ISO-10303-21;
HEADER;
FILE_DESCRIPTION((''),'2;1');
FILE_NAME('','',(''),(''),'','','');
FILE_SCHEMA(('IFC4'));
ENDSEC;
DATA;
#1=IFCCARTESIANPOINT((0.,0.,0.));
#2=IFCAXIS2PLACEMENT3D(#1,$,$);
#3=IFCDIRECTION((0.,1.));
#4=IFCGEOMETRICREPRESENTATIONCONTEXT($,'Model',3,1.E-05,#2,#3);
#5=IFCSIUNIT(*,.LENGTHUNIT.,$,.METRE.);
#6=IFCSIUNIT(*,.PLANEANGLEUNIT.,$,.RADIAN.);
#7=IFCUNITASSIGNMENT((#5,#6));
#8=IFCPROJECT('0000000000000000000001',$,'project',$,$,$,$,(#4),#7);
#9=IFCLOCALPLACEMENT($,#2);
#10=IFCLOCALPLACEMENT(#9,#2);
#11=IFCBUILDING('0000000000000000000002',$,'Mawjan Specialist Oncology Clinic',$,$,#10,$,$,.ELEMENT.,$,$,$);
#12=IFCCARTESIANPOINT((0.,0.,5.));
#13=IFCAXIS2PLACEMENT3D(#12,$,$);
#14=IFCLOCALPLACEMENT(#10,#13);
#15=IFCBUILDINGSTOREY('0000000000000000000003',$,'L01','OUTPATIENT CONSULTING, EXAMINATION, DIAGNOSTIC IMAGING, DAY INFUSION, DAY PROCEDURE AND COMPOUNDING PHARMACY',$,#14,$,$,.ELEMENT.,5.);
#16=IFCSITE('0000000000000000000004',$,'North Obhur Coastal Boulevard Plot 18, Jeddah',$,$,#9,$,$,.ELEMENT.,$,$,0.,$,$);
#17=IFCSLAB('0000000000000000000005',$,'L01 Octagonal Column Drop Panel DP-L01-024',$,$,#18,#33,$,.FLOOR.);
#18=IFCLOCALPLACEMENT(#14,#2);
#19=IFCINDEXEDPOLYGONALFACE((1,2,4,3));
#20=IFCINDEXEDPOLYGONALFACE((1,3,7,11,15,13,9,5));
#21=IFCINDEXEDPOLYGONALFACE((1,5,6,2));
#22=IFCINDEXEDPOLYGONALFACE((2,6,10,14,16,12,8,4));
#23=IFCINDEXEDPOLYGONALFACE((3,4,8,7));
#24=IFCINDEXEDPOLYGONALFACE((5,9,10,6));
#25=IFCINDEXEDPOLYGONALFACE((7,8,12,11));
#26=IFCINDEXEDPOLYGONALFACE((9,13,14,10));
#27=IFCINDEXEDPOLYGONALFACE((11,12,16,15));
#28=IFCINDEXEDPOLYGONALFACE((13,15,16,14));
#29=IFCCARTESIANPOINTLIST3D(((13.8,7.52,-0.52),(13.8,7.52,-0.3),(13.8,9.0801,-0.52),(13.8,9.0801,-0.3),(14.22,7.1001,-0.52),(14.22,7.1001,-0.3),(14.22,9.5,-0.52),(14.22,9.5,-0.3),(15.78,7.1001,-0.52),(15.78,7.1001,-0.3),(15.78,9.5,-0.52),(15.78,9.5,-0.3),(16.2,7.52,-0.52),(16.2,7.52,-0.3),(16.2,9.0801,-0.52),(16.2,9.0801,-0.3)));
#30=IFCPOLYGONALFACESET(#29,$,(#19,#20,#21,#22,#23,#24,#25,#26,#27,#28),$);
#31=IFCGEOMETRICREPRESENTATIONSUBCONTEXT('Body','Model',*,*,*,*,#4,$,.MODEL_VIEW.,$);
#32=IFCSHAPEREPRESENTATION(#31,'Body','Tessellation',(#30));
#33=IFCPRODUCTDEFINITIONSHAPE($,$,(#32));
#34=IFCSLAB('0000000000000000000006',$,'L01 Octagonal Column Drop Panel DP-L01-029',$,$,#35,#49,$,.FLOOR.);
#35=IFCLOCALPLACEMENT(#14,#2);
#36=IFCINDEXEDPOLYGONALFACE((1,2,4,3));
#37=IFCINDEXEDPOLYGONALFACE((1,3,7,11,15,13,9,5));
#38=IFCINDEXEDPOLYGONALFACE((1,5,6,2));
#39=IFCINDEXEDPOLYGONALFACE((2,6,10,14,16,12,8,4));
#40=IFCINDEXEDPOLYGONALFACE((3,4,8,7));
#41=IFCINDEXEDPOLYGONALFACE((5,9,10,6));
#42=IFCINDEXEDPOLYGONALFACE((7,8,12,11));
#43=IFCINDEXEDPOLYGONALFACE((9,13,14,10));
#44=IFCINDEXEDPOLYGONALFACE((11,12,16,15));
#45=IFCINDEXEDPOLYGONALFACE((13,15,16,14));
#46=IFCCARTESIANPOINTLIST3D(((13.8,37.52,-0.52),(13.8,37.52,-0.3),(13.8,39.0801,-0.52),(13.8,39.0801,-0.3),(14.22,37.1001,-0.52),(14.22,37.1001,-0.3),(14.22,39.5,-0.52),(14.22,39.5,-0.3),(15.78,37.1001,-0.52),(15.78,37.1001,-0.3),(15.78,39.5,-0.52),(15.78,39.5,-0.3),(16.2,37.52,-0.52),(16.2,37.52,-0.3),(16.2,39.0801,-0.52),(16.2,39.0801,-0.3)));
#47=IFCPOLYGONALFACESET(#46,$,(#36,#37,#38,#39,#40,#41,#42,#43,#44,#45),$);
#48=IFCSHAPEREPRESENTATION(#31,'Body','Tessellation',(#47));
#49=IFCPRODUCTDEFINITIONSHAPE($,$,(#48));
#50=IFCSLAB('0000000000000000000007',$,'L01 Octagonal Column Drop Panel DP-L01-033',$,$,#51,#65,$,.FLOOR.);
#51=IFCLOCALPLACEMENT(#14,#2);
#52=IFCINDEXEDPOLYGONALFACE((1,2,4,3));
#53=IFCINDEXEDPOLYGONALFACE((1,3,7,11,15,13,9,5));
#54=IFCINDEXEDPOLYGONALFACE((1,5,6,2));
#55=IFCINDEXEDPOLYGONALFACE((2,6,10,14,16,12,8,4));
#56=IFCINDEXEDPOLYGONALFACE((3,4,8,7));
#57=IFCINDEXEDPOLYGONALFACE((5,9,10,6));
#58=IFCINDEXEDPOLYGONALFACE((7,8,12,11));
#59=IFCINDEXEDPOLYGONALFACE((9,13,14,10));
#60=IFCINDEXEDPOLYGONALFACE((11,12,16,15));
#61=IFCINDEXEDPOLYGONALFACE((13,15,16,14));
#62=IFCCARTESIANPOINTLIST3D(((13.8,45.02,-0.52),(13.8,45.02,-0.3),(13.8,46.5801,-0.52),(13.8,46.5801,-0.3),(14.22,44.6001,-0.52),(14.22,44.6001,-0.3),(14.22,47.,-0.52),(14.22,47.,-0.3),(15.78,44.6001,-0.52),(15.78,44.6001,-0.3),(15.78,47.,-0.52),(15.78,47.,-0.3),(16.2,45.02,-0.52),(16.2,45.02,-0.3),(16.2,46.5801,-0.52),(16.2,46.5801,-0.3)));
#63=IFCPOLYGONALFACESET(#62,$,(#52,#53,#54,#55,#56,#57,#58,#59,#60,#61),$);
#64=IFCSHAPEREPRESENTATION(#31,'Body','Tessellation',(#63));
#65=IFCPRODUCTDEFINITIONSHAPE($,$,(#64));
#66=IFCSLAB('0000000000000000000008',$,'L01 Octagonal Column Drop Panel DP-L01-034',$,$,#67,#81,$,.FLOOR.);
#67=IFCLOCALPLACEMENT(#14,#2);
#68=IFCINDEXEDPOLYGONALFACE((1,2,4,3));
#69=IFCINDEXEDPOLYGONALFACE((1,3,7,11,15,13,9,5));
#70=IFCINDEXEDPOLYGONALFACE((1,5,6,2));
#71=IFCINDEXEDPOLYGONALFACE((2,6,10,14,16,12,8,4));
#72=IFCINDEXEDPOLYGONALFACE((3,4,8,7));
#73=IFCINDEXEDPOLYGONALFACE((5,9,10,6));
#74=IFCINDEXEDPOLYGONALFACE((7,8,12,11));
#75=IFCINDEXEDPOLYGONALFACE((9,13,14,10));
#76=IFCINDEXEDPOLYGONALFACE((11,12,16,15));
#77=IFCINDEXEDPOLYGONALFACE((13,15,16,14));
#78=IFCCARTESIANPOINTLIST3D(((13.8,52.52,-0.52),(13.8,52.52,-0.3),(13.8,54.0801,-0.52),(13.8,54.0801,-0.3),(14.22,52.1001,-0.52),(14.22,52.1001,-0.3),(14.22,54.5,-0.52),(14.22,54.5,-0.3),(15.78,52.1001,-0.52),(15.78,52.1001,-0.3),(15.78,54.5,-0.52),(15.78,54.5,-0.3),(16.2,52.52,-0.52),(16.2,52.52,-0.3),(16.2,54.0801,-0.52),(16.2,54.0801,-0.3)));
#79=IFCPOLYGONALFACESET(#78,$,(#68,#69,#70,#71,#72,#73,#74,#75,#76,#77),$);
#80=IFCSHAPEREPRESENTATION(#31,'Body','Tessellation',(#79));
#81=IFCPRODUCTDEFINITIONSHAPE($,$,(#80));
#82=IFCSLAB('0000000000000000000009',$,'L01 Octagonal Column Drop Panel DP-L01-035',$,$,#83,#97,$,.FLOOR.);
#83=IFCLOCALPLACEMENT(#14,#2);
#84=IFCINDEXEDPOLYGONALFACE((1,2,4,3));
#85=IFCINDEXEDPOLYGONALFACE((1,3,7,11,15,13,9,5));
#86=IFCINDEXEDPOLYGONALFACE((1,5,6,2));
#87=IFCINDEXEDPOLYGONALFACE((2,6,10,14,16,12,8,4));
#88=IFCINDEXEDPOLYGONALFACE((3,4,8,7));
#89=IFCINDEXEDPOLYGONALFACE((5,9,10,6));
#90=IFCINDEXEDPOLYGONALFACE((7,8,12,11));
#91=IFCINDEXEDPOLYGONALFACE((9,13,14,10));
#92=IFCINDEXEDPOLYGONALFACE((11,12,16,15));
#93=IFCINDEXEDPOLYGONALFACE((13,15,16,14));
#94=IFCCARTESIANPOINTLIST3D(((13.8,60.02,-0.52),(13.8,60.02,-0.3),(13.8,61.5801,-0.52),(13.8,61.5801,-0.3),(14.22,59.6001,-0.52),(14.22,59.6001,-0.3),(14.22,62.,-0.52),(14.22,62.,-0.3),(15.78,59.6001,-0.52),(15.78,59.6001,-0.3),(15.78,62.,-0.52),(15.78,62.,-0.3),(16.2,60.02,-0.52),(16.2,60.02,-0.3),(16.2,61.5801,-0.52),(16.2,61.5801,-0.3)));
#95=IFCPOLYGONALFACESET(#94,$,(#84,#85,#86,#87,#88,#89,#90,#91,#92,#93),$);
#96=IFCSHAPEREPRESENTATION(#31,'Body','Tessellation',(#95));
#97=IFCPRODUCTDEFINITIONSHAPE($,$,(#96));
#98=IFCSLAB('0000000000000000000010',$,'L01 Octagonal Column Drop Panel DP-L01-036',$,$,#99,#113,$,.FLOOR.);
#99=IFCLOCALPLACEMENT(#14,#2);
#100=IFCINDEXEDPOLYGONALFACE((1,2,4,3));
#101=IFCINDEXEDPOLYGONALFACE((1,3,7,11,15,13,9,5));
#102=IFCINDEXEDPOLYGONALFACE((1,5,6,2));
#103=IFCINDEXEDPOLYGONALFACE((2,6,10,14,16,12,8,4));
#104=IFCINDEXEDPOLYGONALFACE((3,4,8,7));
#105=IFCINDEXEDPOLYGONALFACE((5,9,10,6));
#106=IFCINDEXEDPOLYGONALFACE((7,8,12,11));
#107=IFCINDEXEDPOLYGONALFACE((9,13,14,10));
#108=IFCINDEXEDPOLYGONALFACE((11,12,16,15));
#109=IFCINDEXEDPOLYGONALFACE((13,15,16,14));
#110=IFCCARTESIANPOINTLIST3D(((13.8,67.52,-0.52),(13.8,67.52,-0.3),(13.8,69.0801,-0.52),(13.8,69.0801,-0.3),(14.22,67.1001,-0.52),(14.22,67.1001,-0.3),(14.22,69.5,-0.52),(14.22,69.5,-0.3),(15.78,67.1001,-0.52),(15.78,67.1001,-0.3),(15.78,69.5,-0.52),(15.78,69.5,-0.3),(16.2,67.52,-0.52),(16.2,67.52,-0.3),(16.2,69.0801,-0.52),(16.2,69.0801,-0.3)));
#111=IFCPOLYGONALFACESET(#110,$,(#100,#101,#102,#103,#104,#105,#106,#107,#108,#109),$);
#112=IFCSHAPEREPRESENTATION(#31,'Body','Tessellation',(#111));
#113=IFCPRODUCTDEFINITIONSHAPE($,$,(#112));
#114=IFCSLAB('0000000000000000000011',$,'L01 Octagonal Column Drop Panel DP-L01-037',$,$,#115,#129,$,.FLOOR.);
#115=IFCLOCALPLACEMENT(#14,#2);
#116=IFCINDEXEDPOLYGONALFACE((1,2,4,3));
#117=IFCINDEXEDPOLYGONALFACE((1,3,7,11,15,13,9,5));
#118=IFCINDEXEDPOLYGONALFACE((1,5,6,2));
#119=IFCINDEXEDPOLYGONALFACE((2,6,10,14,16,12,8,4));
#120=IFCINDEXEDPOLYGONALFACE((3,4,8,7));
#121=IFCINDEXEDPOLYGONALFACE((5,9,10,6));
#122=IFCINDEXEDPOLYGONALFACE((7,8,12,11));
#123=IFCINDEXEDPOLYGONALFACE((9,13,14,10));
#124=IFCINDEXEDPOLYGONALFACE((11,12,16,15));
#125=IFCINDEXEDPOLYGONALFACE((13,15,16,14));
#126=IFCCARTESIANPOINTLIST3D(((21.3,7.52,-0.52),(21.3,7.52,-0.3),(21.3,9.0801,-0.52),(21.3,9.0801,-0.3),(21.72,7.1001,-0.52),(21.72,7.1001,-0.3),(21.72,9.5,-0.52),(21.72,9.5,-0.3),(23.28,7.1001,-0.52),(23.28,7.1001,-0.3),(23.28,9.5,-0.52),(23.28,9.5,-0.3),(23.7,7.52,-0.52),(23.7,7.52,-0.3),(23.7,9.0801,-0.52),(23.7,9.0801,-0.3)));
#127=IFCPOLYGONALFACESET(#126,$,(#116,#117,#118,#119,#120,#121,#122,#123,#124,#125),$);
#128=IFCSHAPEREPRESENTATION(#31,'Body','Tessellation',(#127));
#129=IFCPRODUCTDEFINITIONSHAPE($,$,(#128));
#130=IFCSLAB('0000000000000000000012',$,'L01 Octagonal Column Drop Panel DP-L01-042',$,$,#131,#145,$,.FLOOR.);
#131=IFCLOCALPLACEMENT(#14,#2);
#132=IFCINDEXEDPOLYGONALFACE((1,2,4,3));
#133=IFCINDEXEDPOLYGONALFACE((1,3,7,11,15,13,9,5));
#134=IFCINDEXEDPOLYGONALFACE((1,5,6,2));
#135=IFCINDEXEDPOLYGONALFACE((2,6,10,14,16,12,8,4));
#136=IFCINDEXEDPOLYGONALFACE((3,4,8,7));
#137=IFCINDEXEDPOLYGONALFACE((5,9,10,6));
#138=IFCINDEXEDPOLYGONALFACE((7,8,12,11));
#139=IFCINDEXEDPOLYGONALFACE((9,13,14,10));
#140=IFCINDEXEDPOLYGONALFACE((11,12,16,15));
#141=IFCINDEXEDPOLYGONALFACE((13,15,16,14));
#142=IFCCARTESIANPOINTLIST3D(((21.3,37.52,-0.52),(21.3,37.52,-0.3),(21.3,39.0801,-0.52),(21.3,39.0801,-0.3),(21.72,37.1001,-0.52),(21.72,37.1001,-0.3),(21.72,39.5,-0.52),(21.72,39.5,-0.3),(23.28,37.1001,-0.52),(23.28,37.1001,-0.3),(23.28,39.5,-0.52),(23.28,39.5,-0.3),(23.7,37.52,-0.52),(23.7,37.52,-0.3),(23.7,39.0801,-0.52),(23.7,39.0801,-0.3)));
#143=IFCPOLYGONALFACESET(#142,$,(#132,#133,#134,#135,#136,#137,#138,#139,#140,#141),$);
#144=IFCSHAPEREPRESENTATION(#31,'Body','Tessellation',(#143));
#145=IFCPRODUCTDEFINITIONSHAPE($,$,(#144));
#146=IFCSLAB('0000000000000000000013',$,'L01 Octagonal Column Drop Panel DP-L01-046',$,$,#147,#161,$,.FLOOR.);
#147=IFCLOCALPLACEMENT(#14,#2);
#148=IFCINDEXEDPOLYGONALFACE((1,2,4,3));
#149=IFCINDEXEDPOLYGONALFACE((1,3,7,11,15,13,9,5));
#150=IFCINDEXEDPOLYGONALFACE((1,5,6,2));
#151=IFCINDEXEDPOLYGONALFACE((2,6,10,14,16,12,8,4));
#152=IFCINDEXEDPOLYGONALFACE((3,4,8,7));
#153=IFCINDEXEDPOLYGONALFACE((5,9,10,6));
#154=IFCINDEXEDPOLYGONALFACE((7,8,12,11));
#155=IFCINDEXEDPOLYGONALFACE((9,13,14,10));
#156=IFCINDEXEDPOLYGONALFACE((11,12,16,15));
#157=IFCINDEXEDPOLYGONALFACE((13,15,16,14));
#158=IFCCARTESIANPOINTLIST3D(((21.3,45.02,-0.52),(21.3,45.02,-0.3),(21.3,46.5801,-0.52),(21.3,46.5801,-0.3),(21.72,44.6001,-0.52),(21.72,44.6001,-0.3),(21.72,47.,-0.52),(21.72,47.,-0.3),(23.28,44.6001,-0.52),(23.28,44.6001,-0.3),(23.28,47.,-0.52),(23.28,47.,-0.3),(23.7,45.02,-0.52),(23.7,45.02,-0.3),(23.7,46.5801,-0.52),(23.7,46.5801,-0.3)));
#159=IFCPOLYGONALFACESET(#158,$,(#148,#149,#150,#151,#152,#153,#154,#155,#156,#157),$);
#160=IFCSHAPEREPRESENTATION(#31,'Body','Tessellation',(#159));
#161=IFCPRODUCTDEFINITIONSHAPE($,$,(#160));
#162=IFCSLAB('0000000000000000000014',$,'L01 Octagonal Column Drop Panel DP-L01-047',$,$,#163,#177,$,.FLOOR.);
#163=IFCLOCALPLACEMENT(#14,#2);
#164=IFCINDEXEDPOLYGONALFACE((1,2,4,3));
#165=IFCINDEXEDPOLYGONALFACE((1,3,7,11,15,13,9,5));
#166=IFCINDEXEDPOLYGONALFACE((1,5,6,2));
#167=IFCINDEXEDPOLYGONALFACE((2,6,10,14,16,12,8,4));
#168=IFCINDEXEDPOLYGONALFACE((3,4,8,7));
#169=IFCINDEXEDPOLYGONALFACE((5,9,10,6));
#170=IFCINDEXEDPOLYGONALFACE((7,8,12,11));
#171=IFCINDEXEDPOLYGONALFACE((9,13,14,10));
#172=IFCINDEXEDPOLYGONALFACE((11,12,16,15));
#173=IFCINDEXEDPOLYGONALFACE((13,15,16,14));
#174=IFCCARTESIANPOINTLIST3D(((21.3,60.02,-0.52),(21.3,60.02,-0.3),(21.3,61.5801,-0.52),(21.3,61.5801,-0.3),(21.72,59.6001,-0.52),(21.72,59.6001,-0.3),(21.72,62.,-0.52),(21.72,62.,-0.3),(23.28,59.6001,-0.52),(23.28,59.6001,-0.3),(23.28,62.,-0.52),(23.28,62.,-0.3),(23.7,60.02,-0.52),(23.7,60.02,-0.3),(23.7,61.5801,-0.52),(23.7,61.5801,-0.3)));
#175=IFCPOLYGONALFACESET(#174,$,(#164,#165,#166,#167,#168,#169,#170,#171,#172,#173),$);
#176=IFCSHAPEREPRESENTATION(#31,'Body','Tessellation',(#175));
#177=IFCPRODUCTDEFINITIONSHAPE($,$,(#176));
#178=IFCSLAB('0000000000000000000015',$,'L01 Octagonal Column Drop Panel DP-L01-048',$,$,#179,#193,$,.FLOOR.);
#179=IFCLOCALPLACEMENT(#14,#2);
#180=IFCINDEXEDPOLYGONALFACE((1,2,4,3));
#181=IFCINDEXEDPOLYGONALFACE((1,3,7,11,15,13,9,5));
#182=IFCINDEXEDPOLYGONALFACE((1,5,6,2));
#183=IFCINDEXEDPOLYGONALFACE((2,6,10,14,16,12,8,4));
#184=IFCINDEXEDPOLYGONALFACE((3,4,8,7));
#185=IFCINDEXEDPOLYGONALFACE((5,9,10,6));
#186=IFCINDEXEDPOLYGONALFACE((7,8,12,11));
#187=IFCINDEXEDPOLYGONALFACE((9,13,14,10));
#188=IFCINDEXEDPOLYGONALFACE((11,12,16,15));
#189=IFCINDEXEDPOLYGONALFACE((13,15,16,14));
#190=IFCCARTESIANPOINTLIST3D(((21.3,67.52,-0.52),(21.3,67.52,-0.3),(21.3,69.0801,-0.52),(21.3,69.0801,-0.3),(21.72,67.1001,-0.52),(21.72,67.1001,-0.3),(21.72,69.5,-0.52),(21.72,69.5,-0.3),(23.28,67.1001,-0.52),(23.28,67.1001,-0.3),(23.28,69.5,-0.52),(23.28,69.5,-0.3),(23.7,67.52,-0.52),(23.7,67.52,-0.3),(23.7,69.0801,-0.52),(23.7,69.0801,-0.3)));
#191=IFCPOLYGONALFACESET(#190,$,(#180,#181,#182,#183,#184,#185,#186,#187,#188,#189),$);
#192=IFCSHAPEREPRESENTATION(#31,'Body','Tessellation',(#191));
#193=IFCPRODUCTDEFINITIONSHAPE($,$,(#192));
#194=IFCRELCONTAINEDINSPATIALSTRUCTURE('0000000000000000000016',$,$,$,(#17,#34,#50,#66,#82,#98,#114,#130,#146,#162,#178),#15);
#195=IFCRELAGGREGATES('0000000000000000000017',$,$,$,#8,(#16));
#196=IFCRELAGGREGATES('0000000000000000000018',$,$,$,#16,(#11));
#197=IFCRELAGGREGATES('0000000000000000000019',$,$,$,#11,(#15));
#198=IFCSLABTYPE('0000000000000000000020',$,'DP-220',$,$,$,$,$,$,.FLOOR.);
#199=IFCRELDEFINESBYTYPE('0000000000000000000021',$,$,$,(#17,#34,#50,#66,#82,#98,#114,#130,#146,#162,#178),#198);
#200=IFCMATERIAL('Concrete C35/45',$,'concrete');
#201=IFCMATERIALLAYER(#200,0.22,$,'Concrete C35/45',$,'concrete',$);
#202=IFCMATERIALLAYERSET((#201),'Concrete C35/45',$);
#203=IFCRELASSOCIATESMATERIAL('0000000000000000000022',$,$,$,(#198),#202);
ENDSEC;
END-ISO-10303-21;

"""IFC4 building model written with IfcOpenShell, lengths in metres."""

from ifc_helpers import new_model, si_unit, direction, frame, origin, place, context, subcontext, project, spatial, polyline, outline, extrude, material, layer, layer_set, type_object, element, save


model = new_model("IFC4")

# Units and contexts
model_context = context("Model", 3, precision=1e-05, world=origin(), true_north=direction((0.0, 1.0)))
body_context = subcontext(model_context, "Body", "Model", "MODEL_VIEW")
ifc_project = project(units=[si_unit("LENGTHUNIT", "METRE"), si_unit("PLANEANGLEUNIT", "RADIAN")], contexts=[model_context])

# Site, building, storey
site_placement = place(None, origin())
site = spatial("IfcSite", under=ifc_project, at=site_placement, Name="North Obhur Coastal Boulevard Plot 18, Jeddah", CompositionType="ELEMENT", RefElevation=0.0)
building_placement = place(site_placement, origin())
building = spatial("IfcBuilding", under=site, at=building_placement, Name="Mawjan Specialist Oncology Clinic", CompositionType="ELEMENT")
storey_placement = place(building_placement, frame((0.0, 0.0, 5.0)))
storey = spatial("IfcBuildingStorey", under=building, at=storey_placement, Name="L01", Description="OUTPATIENT CONSULTING, EXAMINATION, DIAGNOSTIC IMAGING, DAY INFUSION, DAY PROCEDURE AND COMPOUNDING PHARMACY", CompositionType="ELEMENT", Elevation=5.0)

# Slabs
ifc_material_1 = material(Name="Concrete C35/45", Category="concrete")
ifc_layer_1 = layer(ifc_material_1, 0.22, Name="Concrete C35/45", Category="concrete")
ifc_layer_set_1 = layer_set([ifc_layer_1], Name="Concrete C35/45")
slab_type_1 = type_object("IfcSlabType", Name="DP-220", PredefinedType="FLOOR", material=ifc_layer_set_1)
slab_1_placement = place(storey_placement, frame((0.0, 0.0, -0.52)))
element("IfcSlab", 1, at=slab_1_placement, inside=storey, type_object=slab_type_1, Name="L01 Octagonal Column Drop Panel DP-L01-024", PredefinedType="FLOOR", context=body_context, shape_type="SweptSolid", body=[
    extrude(outline(polyline([(14.22, 7.1001), (15.78, 7.1001), (16.2, 7.52), (16.2, 9.0801), (15.78, 9.5), (14.22, 9.5), (13.8, 9.0801), (13.8, 7.52), (14.22, 7.1001)])), origin(), (0.0, 0.0, 1.0), 0.22),
])
slab_2_placement = place(storey_placement, frame((0.0, 0.0, -0.52)))
element("IfcSlab", 2, at=slab_2_placement, inside=storey, type_object=slab_type_1, Name="L01 Octagonal Column Drop Panel DP-L01-029", PredefinedType="FLOOR", context=body_context, shape_type="SweptSolid", body=[
    extrude(outline(polyline([(14.22, 37.1001), (15.78, 37.1001), (16.2, 37.52), (16.2, 39.0801), (15.78, 39.5), (14.22, 39.5), (13.8, 39.0801), (13.8, 37.52), (14.22, 37.1001)])), origin(), (0.0, 0.0, 1.0), 0.22),
])
slab_3_placement = place(storey_placement, frame((0.0, 0.0, -0.52)))
element("IfcSlab", 3, at=slab_3_placement, inside=storey, type_object=slab_type_1, Name="L01 Octagonal Column Drop Panel DP-L01-033", PredefinedType="FLOOR", context=body_context, shape_type="SweptSolid", body=[
    extrude(outline(polyline([(14.22, 44.6001), (15.78, 44.6001), (16.2, 45.02), (16.2, 46.5801), (15.78, 47.0), (14.22, 47.0), (13.8, 46.5801), (13.8, 45.02), (14.22, 44.6001)])), origin(), (0.0, 0.0, 1.0), 0.22),
])
slab_4_placement = place(storey_placement, frame((0.0, 0.0, -0.52)))
element("IfcSlab", 4, at=slab_4_placement, inside=storey, type_object=slab_type_1, Name="L01 Octagonal Column Drop Panel DP-L01-034", PredefinedType="FLOOR", context=body_context, shape_type="SweptSolid", body=[
    extrude(outline(polyline([(14.22, 52.1001), (15.78, 52.1001), (16.2, 52.52), (16.2, 54.0801), (15.78, 54.5), (14.22, 54.5), (13.8, 54.0801), (13.8, 52.52), (14.22, 52.1001)])), origin(), (0.0, 0.0, 1.0), 0.22),
])
slab_5_placement = place(storey_placement, frame((0.0, 0.0, -0.52)))
element("IfcSlab", 5, at=slab_5_placement, inside=storey, type_object=slab_type_1, Name="L01 Octagonal Column Drop Panel DP-L01-035", PredefinedType="FLOOR", context=body_context, shape_type="SweptSolid", body=[
    extrude(outline(polyline([(14.22, 59.6001), (15.78, 59.6001), (16.2, 60.02), (16.2, 61.5801), (15.78, 62.0), (14.22, 62.0), (13.8, 61.5801), (13.8, 60.02), (14.22, 59.6001)])), origin(), (0.0, 0.0, 1.0), 0.22),
])
slab_6_placement = place(storey_placement, frame((0.0, 0.0, -0.52)))
element("IfcSlab", 6, at=slab_6_placement, inside=storey, type_object=slab_type_1, Name="L01 Octagonal Column Drop Panel DP-L01-036", PredefinedType="FLOOR", context=body_context, shape_type="SweptSolid", body=[
    extrude(outline(polyline([(14.22, 67.1001), (15.78, 67.1001), (16.2, 67.52), (16.2, 69.0801), (15.78, 69.5), (14.22, 69.5), (13.8, 69.0801), (13.8, 67.52), (14.22, 67.1001)])), origin(), (0.0, 0.0, 1.0), 0.22),
])
slab_7_placement = place(storey_placement, frame((0.0, 0.0, -0.52)))
element("IfcSlab", 7, at=slab_7_placement, inside=storey, type_object=slab_type_1, Name="L01 Octagonal Column Drop Panel DP-L01-037", PredefinedType="FLOOR", context=body_context, shape_type="SweptSolid", body=[
    extrude(outline(polyline([(21.72, 7.1001), (23.28, 7.1001), (23.7, 7.52), (23.7, 9.0801), (23.28, 9.5), (21.72, 9.5), (21.3, 9.0801), (21.3, 7.52), (21.72, 7.1001)])), origin(), (0.0, 0.0, 1.0), 0.22),
])
slab_8_placement = place(storey_placement, frame((0.0, 0.0, -0.52)))
element("IfcSlab", 8, at=slab_8_placement, inside=storey, type_object=slab_type_1, Name="L01 Octagonal Column Drop Panel DP-L01-042", PredefinedType="FLOOR", context=body_context, shape_type="SweptSolid", body=[
    extrude(outline(polyline([(21.72, 37.1001), (23.28, 37.1001), (23.7, 37.52), (23.7, 39.0801), (23.28, 39.5), (21.72, 39.5), (21.3, 39.0801), (21.3, 37.52), (21.72, 37.1001)])), origin(), (0.0, 0.0, 1.0), 0.22),
])
slab_9_placement = place(storey_placement, frame((0.0, 0.0, -0.52)))
element("IfcSlab", 9, at=slab_9_placement, inside=storey, type_object=slab_type_1, Name="L01 Octagonal Column Drop Panel DP-L01-046", PredefinedType="FLOOR", context=body_context, shape_type="SweptSolid", body=[
    extrude(outline(polyline([(21.72, 44.6001), (23.28, 44.6001), (23.7, 45.02), (23.7, 46.5801), (23.28, 47.0), (21.72, 47.0), (21.3, 46.5801), (21.3, 45.02), (21.72, 44.6001)])), origin(), (0.0, 0.0, 1.0), 0.22),
])
slab_10_placement = place(storey_placement, frame((0.0, 0.0, -0.52)))
element("IfcSlab", 10, at=slab_10_placement, inside=storey, type_object=slab_type_1, Name="L01 Octagonal Column Drop Panel DP-L01-047", PredefinedType="FLOOR", context=body_context, shape_type="SweptSolid", body=[
    extrude(outline(polyline([(21.72, 59.6001), (23.28, 59.6001), (23.7, 60.02), (23.7, 61.5801), (23.28, 62.0), (21.72, 62.0), (21.3, 61.5801), (21.3, 60.02), (21.72, 59.6001)])), origin(), (0.0, 0.0, 1.0), 0.22),
])
slab_11_placement = place(storey_placement, frame((0.0, 0.0, -0.52)))
element("IfcSlab", 11, at=slab_11_placement, inside=storey, type_object=slab_type_1, Name="L01 Octagonal Column Drop Panel DP-L01-048", PredefinedType="FLOOR", context=body_context, shape_type="SweptSolid", body=[
    extrude(outline(polyline([(21.72, 67.1001), (23.28, 67.1001), (23.7, 67.52), (23.7, 69.0801), (23.28, 69.5), (21.72, 69.5), (21.3, 69.0801), (21.3, 67.52), (21.72, 67.1001)])), origin(), (0.0, 0.0, 1.0), 0.22),
])

save(model, "model.ifc")
